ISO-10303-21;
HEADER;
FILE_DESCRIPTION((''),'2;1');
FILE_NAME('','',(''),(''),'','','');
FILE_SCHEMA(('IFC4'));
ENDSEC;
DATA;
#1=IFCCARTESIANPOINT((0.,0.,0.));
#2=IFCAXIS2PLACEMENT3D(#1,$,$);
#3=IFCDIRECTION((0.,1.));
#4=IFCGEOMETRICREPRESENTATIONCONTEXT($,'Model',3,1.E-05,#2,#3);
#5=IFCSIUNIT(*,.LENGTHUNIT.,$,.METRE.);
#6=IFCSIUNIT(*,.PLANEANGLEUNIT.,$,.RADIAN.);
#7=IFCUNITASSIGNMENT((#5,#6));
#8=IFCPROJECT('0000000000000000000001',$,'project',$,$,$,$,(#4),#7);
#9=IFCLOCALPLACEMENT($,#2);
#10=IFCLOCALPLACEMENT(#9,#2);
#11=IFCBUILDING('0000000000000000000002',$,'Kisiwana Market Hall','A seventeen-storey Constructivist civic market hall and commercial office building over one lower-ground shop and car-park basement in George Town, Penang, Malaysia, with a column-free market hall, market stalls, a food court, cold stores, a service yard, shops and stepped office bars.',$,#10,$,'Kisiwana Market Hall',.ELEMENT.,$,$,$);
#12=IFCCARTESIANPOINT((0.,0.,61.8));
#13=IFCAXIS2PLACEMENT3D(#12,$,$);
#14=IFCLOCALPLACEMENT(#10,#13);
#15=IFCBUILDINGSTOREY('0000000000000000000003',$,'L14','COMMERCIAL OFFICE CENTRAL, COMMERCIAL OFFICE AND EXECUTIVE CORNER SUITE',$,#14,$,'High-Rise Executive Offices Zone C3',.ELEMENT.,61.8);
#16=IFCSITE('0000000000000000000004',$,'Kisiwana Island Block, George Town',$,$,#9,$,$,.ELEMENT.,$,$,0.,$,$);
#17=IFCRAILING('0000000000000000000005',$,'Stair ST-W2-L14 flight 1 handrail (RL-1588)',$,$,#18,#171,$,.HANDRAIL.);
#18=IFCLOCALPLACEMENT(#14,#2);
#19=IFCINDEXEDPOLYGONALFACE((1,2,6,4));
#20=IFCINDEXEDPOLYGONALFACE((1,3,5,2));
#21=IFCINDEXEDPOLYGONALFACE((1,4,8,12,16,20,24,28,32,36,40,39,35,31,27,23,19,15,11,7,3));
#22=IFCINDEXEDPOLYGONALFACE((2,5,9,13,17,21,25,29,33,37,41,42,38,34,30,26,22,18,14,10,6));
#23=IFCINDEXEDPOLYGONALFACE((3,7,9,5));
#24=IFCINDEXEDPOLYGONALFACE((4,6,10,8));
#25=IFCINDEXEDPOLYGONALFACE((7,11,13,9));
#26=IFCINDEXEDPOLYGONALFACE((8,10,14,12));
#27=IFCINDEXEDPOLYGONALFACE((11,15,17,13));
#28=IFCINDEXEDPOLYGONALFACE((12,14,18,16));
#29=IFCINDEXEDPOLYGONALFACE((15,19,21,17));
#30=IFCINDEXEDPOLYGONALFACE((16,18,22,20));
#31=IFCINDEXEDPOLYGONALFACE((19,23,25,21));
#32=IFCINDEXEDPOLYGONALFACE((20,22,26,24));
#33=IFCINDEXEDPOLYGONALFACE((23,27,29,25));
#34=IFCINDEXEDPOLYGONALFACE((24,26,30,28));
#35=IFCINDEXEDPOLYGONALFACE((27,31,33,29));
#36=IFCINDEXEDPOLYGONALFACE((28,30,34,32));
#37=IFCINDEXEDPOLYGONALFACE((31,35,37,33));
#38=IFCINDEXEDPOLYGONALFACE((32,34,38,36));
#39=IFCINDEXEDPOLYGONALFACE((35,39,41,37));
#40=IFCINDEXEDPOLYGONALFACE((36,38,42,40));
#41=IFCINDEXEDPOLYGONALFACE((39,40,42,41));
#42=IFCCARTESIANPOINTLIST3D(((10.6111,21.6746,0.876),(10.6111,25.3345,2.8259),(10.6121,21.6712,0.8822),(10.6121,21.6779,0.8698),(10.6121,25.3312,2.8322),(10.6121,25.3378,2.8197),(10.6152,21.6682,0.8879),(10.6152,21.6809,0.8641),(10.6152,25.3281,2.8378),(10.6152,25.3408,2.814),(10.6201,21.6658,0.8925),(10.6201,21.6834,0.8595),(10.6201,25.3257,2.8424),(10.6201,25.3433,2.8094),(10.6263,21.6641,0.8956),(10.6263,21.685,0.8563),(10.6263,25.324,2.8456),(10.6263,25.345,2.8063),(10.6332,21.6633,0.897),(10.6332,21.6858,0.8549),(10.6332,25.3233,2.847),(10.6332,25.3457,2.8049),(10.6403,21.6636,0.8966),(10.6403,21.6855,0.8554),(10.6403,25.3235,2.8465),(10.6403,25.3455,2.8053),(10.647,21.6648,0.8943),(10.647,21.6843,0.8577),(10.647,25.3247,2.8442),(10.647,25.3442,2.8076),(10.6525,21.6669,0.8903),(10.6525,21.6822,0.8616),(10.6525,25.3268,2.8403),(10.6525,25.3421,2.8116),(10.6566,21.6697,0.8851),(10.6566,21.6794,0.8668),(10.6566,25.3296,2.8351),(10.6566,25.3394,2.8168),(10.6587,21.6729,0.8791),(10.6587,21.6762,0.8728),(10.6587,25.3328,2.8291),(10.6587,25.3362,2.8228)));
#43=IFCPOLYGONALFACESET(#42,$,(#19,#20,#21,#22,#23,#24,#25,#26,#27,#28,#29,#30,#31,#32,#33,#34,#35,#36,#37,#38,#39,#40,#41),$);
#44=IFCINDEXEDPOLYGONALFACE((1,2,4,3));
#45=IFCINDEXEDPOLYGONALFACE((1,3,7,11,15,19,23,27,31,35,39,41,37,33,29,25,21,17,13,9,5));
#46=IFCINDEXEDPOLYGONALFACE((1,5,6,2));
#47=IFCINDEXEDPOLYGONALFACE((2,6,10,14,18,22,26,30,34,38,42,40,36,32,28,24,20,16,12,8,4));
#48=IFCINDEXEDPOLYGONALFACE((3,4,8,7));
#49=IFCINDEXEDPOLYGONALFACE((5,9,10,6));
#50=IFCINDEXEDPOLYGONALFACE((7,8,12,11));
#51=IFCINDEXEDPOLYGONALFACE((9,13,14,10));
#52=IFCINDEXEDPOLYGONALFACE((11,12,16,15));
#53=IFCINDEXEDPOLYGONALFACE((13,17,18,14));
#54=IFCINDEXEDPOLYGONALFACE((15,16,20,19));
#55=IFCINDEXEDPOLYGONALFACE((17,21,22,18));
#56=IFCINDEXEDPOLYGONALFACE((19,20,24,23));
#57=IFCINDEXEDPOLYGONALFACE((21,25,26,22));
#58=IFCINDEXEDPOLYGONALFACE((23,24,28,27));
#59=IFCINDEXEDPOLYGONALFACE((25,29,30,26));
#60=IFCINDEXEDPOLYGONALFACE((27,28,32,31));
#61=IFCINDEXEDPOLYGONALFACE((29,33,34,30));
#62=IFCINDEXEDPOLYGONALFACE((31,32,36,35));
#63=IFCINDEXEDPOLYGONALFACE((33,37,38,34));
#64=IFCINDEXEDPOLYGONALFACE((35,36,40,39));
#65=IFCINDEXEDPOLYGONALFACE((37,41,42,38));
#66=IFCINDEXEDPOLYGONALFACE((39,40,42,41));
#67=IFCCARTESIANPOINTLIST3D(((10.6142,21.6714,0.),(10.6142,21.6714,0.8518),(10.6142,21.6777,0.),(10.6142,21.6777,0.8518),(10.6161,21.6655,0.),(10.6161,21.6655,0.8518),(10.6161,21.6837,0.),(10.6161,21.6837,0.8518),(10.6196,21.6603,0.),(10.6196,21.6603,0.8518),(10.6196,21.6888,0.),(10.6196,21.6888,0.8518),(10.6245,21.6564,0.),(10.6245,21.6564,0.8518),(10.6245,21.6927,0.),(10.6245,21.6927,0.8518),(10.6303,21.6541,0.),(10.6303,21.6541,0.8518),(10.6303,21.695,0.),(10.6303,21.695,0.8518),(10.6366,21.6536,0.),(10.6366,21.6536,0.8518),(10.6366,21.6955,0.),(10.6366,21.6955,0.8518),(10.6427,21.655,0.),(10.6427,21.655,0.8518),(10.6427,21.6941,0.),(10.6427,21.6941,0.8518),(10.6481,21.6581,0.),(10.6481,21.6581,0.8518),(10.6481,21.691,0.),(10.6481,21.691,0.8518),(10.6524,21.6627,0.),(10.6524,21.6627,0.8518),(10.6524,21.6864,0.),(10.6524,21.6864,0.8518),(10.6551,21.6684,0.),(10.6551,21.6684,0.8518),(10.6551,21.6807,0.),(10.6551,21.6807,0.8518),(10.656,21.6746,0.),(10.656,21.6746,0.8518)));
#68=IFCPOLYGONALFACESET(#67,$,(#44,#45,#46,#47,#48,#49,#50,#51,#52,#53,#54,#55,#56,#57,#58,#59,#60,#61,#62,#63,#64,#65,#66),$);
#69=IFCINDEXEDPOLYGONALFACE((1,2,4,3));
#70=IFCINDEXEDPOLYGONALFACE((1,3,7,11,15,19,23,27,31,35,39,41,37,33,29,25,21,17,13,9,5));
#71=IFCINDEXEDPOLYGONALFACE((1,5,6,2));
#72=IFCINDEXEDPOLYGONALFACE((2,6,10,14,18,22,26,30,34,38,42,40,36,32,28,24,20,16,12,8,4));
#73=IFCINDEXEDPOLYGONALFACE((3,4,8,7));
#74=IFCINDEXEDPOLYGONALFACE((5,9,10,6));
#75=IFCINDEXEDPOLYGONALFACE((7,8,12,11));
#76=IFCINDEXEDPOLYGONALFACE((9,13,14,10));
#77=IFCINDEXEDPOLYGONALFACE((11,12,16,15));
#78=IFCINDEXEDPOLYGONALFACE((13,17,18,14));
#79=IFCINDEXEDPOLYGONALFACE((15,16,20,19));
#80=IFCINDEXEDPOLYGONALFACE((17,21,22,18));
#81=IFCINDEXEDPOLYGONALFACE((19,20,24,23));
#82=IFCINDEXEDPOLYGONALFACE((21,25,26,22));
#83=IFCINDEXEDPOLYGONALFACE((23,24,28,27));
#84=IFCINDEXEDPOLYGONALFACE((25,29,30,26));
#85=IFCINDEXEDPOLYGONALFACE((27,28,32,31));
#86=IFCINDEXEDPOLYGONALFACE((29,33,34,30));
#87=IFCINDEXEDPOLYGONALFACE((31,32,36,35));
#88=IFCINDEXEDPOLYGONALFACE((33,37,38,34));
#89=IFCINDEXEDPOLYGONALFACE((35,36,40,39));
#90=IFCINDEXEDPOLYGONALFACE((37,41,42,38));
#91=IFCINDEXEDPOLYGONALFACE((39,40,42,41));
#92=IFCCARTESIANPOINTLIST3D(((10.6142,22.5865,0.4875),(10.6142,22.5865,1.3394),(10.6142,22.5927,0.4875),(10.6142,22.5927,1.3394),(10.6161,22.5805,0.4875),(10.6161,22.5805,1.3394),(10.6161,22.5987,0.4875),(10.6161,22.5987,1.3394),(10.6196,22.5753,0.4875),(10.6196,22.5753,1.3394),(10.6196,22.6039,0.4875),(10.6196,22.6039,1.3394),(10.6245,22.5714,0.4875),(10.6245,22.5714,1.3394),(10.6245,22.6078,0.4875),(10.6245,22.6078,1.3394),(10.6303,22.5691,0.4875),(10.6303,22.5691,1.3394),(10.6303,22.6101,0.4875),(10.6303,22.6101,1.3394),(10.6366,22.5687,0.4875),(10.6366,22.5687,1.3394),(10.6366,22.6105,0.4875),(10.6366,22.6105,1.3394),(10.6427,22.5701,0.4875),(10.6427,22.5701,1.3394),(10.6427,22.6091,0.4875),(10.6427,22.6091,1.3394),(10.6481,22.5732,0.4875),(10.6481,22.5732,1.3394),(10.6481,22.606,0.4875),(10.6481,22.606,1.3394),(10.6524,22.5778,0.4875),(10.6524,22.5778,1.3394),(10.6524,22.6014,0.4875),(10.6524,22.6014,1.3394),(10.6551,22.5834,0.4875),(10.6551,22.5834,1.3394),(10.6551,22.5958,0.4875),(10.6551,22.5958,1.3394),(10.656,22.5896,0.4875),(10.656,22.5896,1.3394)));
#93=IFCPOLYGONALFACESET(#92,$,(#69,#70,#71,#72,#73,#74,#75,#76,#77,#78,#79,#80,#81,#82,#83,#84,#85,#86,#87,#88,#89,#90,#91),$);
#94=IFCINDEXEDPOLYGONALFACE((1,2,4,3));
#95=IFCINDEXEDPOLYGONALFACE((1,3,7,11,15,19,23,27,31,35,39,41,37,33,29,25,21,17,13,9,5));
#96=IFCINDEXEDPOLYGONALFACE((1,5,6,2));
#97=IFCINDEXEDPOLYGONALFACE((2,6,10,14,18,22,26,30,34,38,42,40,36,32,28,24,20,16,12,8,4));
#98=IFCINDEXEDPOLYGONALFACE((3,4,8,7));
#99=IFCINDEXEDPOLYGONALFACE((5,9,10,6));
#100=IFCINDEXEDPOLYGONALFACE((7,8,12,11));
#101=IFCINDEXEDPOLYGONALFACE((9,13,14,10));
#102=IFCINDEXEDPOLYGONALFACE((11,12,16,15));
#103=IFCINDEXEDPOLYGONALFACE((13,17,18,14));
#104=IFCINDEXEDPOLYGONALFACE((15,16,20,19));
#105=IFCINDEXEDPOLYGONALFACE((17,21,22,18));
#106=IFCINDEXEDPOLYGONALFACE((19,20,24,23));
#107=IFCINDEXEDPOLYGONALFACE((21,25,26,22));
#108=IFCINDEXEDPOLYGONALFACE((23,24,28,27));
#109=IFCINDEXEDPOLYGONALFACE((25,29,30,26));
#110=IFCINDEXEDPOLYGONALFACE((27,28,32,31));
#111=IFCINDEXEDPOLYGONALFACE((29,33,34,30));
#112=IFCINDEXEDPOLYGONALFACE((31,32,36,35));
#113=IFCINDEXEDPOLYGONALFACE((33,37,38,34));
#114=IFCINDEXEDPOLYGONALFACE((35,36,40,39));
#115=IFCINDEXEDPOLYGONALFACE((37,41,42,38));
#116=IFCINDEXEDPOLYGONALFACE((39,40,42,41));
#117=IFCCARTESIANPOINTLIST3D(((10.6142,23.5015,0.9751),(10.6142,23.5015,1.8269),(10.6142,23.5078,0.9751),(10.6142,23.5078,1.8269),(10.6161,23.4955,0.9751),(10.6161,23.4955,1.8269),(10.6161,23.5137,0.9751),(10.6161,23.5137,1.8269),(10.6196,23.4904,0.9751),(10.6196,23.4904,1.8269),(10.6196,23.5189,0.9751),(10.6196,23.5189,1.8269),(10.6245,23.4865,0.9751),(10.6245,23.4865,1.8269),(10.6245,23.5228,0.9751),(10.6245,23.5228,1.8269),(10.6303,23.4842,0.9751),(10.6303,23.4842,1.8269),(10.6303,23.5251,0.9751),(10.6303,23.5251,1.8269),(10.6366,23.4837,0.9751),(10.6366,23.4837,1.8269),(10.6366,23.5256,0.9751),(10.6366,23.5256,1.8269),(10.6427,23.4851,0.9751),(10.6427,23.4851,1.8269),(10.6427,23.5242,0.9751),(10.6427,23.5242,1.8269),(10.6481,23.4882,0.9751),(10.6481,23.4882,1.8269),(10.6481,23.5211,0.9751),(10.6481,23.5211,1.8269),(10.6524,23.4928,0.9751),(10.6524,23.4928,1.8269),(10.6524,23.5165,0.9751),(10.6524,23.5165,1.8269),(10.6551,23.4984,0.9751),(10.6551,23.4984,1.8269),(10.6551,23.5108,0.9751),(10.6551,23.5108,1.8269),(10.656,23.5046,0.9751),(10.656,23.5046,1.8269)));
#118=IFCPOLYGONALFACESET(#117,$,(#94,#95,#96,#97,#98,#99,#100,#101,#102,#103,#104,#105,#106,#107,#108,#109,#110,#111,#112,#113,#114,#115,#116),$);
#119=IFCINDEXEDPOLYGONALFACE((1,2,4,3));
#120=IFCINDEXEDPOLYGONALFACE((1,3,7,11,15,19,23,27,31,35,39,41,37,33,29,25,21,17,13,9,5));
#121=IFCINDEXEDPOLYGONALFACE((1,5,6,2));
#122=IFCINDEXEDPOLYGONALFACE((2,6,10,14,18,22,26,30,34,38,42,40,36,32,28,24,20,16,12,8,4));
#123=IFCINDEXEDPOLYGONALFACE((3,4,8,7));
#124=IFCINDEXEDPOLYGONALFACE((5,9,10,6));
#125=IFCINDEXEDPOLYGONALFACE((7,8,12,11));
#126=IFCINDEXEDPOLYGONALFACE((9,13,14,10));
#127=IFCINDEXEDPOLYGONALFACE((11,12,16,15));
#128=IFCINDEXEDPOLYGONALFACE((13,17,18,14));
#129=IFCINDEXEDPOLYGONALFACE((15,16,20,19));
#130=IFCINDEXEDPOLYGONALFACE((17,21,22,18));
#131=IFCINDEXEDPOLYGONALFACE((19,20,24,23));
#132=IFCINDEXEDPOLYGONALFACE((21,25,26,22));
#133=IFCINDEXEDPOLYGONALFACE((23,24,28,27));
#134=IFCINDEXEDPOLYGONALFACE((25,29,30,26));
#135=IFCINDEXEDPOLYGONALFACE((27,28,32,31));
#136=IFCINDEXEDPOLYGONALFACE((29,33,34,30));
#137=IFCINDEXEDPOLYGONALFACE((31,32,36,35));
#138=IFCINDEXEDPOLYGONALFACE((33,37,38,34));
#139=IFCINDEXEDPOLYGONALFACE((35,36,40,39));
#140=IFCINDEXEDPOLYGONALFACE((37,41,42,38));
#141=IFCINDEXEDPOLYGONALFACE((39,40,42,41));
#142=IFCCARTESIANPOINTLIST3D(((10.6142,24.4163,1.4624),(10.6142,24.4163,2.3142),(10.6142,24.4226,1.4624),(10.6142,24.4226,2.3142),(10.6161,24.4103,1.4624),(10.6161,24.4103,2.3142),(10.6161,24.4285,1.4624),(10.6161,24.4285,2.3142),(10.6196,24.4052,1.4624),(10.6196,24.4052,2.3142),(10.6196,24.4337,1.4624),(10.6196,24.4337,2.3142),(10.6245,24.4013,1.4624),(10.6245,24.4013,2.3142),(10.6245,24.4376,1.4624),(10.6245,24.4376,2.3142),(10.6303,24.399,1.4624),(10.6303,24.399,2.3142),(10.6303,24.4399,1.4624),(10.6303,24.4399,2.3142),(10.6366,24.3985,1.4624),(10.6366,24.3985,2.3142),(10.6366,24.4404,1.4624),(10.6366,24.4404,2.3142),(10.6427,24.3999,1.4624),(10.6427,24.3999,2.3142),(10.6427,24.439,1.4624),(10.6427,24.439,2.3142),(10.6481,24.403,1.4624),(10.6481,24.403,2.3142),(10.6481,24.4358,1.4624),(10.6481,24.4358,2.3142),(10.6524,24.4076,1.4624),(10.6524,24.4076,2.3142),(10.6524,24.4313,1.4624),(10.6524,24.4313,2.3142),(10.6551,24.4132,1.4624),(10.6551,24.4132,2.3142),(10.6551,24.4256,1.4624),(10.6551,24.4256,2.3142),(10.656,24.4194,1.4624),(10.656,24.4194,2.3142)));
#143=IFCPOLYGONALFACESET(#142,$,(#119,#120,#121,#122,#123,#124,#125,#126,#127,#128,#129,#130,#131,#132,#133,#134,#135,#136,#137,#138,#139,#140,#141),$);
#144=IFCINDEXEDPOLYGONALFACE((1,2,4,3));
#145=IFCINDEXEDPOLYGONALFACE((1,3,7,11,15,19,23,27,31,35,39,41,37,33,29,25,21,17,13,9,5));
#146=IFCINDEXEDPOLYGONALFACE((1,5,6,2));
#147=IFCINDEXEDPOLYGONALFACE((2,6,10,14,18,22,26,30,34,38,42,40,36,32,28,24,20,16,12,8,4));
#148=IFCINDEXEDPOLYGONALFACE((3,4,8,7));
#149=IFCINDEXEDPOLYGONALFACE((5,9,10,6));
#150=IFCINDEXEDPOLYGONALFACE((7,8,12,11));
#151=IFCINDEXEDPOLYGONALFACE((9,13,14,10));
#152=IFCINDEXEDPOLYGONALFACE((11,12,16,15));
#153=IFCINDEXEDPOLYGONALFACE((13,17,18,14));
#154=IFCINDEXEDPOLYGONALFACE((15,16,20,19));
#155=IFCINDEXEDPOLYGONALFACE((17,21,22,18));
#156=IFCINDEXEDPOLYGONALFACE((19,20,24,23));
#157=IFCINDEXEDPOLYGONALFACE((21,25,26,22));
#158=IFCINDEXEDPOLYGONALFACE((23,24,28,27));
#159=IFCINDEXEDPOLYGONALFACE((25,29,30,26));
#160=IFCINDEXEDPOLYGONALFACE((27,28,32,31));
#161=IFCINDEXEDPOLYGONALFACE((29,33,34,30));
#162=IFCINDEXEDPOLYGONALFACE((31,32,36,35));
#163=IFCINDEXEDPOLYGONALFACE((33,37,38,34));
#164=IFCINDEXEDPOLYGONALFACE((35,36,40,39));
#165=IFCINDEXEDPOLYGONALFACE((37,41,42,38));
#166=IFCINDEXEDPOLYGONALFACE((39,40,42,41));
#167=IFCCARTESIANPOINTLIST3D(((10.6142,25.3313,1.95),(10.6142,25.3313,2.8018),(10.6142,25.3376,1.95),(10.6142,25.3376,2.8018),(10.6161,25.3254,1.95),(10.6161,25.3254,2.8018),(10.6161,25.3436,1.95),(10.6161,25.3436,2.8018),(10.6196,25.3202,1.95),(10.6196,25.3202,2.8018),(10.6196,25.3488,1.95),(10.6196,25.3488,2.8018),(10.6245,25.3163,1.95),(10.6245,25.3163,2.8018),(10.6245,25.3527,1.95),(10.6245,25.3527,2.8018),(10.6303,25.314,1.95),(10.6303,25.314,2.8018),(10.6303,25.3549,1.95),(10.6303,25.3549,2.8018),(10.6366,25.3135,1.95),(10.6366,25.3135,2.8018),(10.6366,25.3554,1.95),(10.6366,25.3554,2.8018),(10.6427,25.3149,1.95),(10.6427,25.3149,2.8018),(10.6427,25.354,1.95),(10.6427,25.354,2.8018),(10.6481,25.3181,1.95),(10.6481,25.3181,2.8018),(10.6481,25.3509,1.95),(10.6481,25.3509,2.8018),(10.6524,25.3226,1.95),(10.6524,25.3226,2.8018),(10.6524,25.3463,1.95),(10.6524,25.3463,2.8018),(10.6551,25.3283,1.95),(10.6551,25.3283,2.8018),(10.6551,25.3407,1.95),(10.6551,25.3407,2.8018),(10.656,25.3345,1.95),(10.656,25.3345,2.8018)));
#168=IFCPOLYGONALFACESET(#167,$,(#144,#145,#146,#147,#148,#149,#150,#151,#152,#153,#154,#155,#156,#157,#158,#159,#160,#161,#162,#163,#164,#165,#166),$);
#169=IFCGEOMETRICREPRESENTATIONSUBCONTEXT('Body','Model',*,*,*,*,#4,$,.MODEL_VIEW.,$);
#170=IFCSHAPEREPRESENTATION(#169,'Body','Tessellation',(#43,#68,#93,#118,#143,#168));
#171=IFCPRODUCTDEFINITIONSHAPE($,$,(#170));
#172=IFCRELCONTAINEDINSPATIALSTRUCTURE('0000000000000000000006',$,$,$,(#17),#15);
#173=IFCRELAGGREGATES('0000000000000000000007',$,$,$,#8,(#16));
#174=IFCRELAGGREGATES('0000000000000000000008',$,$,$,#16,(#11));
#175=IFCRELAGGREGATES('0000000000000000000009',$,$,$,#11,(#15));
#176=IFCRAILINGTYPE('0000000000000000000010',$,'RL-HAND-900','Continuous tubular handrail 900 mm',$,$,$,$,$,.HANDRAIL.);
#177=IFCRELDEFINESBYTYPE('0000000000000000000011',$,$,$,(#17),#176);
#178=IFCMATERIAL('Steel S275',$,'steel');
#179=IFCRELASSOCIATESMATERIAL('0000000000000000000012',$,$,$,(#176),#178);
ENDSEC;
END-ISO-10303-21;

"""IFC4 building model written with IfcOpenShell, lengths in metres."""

from ifc_helpers import new_model, si_unit, direction, frame, origin, origin_2d, place, context, subcontext, project, spatial, circle, extrude, material, type_object, element, save


model = new_model("IFC4")

# Units and contexts
model_context = context("Model", 3, precision=1e-05, world=origin(), true_north=direction((0.0, 1.0)))
body_context = subcontext(model_context, "Body", "Model", "MODEL_VIEW")
ifc_project = project(units=[si_unit("LENGTHUNIT", "METRE"), si_unit("PLANEANGLEUNIT", "RADIAN")], contexts=[model_context])

# Site, building, storey
site_placement = place(None, origin())
site = spatial("IfcSite", under=ifc_project, at=site_placement, Name="Kisiwana Island Block, George Town", CompositionType="ELEMENT", RefElevation=0.0)
building_placement = place(site_placement, origin())
building = spatial("IfcBuilding", under=site, at=building_placement, Name="Kisiwana Market Hall", Description="A seventeen-storey Constructivist civic market hall and commercial office building over one lower-ground shop and car-park basement in George Town, Penang, Malaysia, with a column-free market hall, market stalls, a food court, cold stores, a service yard, shops and stepped office bars.", LongName="Kisiwana Market Hall", CompositionType="ELEMENT")
storey_placement = place(building_placement, frame((0.0, 0.0, 61.8)))
storey = spatial("IfcBuildingStorey", under=building, at=storey_placement, Name="L14", Description="COMMERCIAL OFFICE CENTRAL, COMMERCIAL OFFICE AND EXECUTIVE CORNER SUITE", LongName="High-Rise Executive Offices Zone C3", CompositionType="ELEMENT", Elevation=61.8)

# Railing
ifc_material_1 = material(Name="Steel S275", Category="steel")
railing_type_1 = type_object("IfcRailingType", Name="RL-HAND-900", Description="Continuous tubular handrail 900 mm", PredefinedType="HANDRAIL", material=ifc_material_1)
railing_1_placement = place(storey_placement, frame((10.635, 21.6746, 0.0)))
element("IfcRailing", 1, at=railing_1_placement, inside=storey, type_object=railing_type_1, Name="Stair ST-W2-L14 flight 1 handrail (RL-1588)", PredefinedType="HANDRAIL", context=body_context, shape_type="SweptSolid", body=[
    extrude(circle(Radius=0.0239, at=origin_2d()), frame((0.0, 0.0, 0.876), z_axis=(0.0, 0.882553, 0.470212), x_axis=(-1.0, 0.0, 0.0)), (0.0, 0.0, 1.0), 4.147),
    extrude(circle(Radius=0.021, at=origin_2d()), origin(), (0.0, 0.0, 1.0), 0.8518),
    extrude(circle(Radius=0.021, at=origin_2d()), frame((0.0, 0.915, 0.4875)), (0.0, 0.0, 1.0), 0.8518),
    extrude(circle(Radius=0.021, at=origin_2d()), frame((0.0, 1.8301, 0.9751)), (0.0, 0.0, 1.0), 0.8518),
    extrude(circle(Radius=0.021, at=origin_2d()), frame((0.0, 2.7449, 1.4624)), (0.0, 0.0, 1.0), 0.8518),
    extrude(circle(Radius=0.021, at=origin_2d()), frame((0.0, 3.6599, 1.95)), (0.0, 0.0, 1.0), 0.8518),
])

save(model, "model.ifc")
